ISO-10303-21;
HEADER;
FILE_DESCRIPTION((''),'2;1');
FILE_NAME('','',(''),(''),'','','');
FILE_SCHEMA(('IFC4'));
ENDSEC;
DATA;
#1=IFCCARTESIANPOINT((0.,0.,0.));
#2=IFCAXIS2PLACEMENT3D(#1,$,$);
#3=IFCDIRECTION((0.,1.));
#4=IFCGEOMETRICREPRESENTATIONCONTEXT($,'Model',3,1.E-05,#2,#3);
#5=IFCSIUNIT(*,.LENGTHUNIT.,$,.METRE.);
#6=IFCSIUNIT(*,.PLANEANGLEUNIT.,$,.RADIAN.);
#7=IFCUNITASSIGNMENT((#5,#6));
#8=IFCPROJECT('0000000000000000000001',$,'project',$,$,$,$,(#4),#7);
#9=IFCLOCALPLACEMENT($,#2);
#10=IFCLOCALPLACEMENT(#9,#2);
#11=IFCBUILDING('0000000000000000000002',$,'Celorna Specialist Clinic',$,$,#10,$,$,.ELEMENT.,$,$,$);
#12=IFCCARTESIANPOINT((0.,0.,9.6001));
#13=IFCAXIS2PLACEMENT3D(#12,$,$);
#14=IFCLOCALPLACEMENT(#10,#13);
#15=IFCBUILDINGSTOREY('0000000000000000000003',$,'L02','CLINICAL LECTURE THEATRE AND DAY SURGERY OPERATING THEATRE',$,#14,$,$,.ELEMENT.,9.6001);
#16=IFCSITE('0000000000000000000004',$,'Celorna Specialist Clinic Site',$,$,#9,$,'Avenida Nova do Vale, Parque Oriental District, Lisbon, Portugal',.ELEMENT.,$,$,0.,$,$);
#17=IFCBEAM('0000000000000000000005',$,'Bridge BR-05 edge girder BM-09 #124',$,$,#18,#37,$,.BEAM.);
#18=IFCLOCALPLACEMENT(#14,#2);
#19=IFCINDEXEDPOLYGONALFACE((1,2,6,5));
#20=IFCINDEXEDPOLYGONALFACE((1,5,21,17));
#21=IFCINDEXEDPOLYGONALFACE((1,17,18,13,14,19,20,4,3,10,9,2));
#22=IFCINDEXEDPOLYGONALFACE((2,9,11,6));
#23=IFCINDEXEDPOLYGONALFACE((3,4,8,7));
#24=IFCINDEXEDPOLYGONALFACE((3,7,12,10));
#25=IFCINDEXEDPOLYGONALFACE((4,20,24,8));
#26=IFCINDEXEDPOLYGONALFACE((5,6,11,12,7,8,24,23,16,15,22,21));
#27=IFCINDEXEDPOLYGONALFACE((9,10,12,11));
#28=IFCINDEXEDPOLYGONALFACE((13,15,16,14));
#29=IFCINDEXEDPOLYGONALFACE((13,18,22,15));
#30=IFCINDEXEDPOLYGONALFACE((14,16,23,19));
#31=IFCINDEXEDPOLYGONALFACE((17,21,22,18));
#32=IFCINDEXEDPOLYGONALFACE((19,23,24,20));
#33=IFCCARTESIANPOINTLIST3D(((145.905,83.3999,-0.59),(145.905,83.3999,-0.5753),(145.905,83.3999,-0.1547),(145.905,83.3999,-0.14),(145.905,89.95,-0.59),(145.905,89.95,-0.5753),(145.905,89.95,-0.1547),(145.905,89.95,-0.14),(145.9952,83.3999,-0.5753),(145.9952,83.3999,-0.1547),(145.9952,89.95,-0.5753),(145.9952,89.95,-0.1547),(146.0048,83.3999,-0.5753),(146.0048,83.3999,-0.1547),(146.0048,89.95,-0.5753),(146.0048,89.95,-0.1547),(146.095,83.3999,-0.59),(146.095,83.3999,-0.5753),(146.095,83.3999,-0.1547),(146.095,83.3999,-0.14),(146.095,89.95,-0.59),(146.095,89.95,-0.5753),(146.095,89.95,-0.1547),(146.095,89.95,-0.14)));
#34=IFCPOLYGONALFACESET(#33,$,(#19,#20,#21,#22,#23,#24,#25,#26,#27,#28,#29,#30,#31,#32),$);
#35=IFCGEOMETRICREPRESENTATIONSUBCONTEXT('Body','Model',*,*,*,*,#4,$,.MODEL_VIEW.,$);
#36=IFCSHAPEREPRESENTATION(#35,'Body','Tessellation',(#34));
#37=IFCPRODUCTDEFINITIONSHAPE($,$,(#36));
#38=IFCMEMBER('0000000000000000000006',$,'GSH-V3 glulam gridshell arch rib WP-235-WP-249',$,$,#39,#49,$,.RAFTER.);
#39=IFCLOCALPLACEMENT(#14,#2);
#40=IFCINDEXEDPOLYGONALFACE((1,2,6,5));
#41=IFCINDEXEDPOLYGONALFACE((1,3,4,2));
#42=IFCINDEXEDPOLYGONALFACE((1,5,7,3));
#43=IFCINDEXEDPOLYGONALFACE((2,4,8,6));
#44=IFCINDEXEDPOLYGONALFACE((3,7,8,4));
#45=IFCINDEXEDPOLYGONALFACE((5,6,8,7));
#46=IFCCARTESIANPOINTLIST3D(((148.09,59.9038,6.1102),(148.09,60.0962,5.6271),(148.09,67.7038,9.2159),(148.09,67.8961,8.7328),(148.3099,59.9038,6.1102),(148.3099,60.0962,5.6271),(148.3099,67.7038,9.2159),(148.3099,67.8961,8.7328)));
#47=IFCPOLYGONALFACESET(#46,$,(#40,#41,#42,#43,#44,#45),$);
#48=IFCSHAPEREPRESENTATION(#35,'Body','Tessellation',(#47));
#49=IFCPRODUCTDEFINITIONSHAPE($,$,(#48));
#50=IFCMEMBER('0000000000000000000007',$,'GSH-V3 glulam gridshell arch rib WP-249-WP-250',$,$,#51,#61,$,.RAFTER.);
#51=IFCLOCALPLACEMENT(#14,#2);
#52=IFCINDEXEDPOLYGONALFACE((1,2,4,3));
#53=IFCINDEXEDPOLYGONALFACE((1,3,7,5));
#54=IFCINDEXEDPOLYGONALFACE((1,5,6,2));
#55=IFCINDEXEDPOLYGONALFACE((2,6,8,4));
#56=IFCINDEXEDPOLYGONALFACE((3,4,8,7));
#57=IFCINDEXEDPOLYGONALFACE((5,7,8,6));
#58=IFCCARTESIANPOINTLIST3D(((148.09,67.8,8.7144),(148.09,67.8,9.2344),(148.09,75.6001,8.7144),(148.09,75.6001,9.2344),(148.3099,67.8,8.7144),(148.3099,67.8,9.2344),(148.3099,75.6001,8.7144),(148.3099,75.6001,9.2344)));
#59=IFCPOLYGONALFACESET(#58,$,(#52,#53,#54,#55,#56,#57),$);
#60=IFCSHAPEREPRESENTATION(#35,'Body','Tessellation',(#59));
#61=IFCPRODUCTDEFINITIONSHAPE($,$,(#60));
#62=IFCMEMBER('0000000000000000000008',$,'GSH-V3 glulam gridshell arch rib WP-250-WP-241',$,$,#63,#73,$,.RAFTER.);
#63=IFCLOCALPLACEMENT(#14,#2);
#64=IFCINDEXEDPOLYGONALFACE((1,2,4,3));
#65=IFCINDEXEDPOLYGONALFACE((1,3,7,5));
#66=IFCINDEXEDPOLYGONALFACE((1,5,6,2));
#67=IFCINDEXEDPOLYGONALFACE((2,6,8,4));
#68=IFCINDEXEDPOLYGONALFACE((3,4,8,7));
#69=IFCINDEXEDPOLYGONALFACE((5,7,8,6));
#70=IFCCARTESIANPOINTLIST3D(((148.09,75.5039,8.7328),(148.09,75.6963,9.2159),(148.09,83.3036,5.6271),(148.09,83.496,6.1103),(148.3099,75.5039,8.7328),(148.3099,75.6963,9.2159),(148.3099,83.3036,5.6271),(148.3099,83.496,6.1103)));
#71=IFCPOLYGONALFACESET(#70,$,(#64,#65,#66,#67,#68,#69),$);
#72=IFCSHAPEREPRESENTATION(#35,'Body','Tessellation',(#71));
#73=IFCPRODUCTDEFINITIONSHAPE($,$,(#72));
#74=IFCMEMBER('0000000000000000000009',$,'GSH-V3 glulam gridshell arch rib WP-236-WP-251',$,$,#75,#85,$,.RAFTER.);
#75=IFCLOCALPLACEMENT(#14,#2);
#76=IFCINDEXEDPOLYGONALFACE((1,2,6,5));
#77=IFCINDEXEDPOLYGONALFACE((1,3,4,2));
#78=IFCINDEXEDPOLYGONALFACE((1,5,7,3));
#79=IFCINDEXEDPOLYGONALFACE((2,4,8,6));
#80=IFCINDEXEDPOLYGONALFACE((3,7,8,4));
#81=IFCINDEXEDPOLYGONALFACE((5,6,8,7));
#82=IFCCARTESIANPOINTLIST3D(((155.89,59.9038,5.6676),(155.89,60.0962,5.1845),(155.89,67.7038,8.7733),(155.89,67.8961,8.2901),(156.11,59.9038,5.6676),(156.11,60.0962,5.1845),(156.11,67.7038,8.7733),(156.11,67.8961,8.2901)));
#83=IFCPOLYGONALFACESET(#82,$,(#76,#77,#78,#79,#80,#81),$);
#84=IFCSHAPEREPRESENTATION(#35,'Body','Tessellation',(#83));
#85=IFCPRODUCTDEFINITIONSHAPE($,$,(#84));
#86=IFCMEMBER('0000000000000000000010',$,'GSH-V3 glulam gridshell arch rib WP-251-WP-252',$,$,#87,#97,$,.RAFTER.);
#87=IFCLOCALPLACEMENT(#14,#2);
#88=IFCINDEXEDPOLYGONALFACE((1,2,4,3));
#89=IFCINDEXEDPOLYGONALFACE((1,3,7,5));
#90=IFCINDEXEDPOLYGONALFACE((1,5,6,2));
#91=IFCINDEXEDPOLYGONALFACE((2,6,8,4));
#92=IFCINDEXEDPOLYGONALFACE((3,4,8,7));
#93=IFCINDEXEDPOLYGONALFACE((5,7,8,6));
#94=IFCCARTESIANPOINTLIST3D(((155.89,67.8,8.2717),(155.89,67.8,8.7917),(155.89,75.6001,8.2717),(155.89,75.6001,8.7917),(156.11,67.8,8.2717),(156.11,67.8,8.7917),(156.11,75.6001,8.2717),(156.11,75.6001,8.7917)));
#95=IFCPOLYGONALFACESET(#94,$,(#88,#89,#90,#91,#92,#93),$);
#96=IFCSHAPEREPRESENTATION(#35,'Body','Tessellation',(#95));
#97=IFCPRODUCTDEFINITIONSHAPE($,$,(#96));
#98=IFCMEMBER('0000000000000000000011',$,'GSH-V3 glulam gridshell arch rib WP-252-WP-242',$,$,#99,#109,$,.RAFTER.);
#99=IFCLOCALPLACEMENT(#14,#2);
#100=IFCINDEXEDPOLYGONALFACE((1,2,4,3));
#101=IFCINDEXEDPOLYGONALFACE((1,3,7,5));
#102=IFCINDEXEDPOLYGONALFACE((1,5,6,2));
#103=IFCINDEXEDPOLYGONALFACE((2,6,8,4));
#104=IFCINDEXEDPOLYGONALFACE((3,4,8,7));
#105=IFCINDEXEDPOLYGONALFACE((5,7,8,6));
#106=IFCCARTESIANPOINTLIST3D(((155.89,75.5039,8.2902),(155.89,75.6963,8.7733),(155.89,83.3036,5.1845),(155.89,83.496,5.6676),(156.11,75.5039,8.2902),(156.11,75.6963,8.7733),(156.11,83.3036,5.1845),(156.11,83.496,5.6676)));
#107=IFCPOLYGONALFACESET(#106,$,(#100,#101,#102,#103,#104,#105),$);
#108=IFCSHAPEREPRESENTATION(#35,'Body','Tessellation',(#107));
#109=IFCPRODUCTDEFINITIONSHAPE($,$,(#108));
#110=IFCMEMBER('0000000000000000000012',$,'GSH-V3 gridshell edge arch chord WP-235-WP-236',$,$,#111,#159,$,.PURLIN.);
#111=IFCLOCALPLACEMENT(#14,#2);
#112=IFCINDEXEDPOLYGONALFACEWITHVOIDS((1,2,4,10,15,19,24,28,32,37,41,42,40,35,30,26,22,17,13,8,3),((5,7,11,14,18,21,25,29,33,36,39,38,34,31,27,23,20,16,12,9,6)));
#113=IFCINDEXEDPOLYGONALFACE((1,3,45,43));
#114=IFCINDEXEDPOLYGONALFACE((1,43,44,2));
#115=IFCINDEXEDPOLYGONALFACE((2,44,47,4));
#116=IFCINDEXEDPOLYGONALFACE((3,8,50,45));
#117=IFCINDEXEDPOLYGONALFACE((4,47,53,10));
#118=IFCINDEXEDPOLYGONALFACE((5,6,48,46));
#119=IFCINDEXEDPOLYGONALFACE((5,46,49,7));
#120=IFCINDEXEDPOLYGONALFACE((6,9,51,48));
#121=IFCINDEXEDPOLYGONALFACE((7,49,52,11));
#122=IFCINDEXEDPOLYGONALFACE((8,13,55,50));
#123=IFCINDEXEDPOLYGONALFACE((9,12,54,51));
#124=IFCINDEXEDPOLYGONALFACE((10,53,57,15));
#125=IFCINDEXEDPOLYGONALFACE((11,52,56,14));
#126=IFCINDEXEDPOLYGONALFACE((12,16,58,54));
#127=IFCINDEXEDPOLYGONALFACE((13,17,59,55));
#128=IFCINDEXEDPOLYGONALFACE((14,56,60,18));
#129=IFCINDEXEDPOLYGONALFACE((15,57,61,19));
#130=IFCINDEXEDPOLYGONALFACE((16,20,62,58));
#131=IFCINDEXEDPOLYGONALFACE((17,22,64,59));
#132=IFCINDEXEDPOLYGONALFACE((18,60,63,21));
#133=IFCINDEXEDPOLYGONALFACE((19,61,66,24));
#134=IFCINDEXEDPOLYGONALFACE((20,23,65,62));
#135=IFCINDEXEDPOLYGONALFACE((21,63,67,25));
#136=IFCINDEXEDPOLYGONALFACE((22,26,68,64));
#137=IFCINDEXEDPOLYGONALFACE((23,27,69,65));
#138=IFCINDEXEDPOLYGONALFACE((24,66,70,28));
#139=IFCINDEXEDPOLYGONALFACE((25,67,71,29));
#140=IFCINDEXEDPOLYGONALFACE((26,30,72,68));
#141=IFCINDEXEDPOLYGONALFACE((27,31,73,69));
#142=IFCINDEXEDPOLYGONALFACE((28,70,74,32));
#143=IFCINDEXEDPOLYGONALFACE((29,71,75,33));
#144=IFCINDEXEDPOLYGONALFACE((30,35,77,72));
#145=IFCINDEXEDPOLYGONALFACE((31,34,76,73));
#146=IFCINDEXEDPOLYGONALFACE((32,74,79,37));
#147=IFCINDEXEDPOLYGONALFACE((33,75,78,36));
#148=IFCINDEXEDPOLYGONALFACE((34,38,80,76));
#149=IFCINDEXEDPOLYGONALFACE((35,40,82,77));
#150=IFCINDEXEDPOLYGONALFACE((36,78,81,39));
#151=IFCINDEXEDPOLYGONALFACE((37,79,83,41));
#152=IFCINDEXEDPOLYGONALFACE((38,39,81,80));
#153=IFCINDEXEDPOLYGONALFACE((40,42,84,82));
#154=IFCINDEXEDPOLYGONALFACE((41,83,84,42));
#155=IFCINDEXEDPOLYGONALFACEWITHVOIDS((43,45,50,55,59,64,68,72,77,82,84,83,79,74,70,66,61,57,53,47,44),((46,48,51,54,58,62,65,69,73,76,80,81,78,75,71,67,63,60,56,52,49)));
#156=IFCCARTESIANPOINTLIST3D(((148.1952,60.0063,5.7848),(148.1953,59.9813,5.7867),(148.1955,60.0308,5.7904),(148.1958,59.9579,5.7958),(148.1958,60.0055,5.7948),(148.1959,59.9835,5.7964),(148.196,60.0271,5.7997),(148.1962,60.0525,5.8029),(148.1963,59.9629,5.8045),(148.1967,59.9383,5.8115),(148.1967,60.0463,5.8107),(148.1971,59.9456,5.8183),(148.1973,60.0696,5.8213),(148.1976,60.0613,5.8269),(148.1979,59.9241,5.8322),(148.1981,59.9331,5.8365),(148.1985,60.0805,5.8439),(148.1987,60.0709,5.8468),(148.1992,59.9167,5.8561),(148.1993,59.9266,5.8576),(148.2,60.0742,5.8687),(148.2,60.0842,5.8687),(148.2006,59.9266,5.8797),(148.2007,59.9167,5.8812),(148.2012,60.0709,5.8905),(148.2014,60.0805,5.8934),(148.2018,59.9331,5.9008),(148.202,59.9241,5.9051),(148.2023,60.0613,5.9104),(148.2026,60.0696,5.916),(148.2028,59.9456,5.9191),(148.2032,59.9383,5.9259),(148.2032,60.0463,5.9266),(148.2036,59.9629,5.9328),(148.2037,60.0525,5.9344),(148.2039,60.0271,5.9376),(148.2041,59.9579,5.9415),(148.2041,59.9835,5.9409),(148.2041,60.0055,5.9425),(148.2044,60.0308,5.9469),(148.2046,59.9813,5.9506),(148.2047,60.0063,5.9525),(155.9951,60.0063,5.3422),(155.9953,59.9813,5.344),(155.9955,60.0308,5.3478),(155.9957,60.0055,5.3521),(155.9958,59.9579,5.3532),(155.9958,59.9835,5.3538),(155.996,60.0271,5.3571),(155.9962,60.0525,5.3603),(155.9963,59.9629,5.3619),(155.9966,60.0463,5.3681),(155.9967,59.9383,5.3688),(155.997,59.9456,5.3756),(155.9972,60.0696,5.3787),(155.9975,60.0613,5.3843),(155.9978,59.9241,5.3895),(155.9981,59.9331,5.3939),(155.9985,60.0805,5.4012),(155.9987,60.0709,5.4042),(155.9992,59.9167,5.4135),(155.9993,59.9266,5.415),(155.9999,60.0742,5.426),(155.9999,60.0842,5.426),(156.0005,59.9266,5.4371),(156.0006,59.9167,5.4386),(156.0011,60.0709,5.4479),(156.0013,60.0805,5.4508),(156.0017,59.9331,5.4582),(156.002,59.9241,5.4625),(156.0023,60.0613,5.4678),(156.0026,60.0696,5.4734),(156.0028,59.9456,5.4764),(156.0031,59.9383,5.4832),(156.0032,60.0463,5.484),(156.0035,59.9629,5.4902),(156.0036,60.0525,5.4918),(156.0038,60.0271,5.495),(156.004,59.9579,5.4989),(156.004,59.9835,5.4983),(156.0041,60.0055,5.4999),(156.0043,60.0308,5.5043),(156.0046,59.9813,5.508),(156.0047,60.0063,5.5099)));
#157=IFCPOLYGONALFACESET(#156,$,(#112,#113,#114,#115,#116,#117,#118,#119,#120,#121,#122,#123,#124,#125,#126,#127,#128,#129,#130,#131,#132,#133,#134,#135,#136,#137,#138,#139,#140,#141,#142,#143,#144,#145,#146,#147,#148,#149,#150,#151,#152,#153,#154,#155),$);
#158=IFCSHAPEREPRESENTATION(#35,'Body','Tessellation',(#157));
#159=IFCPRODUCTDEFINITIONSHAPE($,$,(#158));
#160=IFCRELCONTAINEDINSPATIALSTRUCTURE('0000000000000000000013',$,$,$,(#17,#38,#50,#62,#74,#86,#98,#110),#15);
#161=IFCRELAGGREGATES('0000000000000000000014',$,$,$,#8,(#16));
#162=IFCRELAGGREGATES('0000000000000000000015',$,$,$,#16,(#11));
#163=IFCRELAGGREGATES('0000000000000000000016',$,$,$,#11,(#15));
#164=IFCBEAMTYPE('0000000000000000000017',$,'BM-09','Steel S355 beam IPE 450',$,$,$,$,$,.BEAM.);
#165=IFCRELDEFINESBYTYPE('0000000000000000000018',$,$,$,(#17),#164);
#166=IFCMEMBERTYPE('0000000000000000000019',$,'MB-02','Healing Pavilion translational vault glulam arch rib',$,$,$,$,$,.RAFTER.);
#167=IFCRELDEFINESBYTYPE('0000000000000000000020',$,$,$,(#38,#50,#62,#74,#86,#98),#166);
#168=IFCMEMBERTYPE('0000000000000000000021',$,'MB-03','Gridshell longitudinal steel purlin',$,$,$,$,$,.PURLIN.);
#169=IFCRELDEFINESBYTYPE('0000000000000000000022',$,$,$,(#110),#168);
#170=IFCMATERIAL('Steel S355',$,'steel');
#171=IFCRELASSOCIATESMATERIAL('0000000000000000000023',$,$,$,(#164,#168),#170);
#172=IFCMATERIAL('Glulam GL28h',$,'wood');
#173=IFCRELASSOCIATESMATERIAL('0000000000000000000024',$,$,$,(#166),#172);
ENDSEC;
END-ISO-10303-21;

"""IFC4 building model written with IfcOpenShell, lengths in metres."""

from ifc_helpers import new_model, si_unit, direction, frame, origin, origin_2d, place, context, subcontext, project, spatial, rectangle, hollow_circle, i_section, extrude, material, material_profile, profile_set, type_object, element, save


model = new_model("IFC4")

# Units and contexts
model_context = context("Model", 3, precision=1e-05, world=origin(), true_north=direction((0.0, 1.0)))
body_context = subcontext(model_context, "Body", "Model", "MODEL_VIEW")
ifc_project = project(units=[si_unit("LENGTHUNIT", "METRE"), si_unit("PLANEANGLEUNIT", "RADIAN")], contexts=[model_context])

# Site, building, storey
site_placement = place(None, origin())
site = spatial("IfcSite", under=ifc_project, at=site_placement, Name="Celorna Specialist Clinic Site", LongName="Avenida Nova do Vale, Parque Oriental District, Lisbon, Portugal", CompositionType="ELEMENT", RefElevation=0.0)
building_placement = place(site_placement, origin())
building = spatial("IfcBuilding", under=site, at=building_placement, Name="Celorna Specialist Clinic", CompositionType="ELEMENT")
storey_placement = place(building_placement, frame((0.0, 0.0, 9.6001)))
storey = spatial("IfcBuildingStorey", under=building, at=storey_placement, Name="L02", Description="CLINICAL LECTURE THEATRE AND DAY SURGERY OPERATING THEATRE", CompositionType="ELEMENT", Elevation=9.6001)

# Shared definitions
ifc_material_1 = material(Name="Steel S355", Category="steel")

# Beam
ifc_material_profile_1 = material_profile(ifc_material_1, i_section(OverallWidth=0.1899, OverallDepth=0.45, WebThickness=0.0095, FlangeThickness=0.0146, at=origin_2d()), Name="IPE 450")
ifc_profile_set_1 = profile_set([ifc_material_profile_1], Name="Steel S355")
beam_type_1 = type_object("IfcBeamType", Name="BM-09", Description="Steel S355 beam IPE 450", PredefinedType="BEAM", material=ifc_profile_set_1)
for number, where, z_axis, x_axis, name in (
    (1, (146.0, 83.3999, -0.365), (0.0, 1.0, 0.0), (-1.0, 0.0, 0.0), "Bridge BR-05 edge girder BM-09 #124"),
):
    element("IfcBeam", number, at=place(storey_placement, frame(where, z_axis=z_axis, x_axis=x_axis)), inside=storey, type_object=beam_type_1, Name=name, PredefinedType="BEAM", context=body_context, shape_type="SweptSolid", body=[
        extrude(i_section(OverallWidth=0.1899, OverallDepth=0.45, WebThickness=0.0095, FlangeThickness=0.0146, at=origin_2d()), origin(), (0.0, 0.0, 1.0), 6.55),
    ])

# Members
ifc_material_2 = material(Name="Glulam GL28h", Category="wood")
ifc_material_profile_2 = material_profile(ifc_material_2, rectangle(XDim=0.22, YDim=0.52, at=origin_2d()), Name="GL28h 220x520")
ifc_profile_set_2 = profile_set([ifc_material_profile_2], Name="Glulam GL28h")
member_type_1 = type_object("IfcMemberType", Name="MB-02", Description="Healing Pavilion translational vault glulam arch rib", PredefinedType="RAFTER", material=ifc_profile_set_2)
member_1_placement = place(storey_placement, frame((148.2, 60.0, 5.8687), z_axis=(0.0, 0.929063, 0.369921), x_axis=(-1.0, 0.0, 0.0)))
element("IfcMember", 2, at=member_1_placement, inside=storey, type_object=member_type_1, Name="GSH-V3 glulam gridshell arch rib WP-235-WP-249", PredefinedType="RAFTER", context=body_context, shape_type="SweptSolid", body=[
    extrude(rectangle(XDim=0.22, YDim=0.52, at=origin_2d()), origin(), (0.0, 0.0, 1.0), 8.3955),
])
member_2_placement = place(storey_placement, frame((148.2, 67.8, 8.9744), z_axis=(0.0, 1.0, 0.0), x_axis=(-1.0, 0.0, 0.0)))
element("IfcMember", 3, at=member_2_placement, inside=storey, type_object=member_type_1, Name="GSH-V3 glulam gridshell arch rib WP-249-WP-250", PredefinedType="RAFTER", context=body_context, shape_type="SweptSolid", body=[
    extrude(rectangle(XDim=0.22, YDim=0.52, at=origin_2d()), origin(), (0.0, 0.0, 1.0), 7.8),
])
member_3_placement = place(storey_placement, frame((148.2, 75.6001, 8.9744), z_axis=(0.0, 0.929059, -0.369931), x_axis=(-1.0, 0.0, 0.0)))
element("IfcMember", 4, at=member_3_placement, inside=storey, type_object=member_type_1, Name="GSH-V3 glulam gridshell arch rib WP-250-WP-241", PredefinedType="RAFTER", context=body_context, shape_type="SweptSolid", body=[
    extrude(rectangle(XDim=0.22, YDim=0.52, at=origin_2d()), origin(), (0.0, 0.0, 1.0), 8.3953),
])
member_4_placement = place(storey_placement, frame((156.0, 60.0, 5.426), z_axis=(0.0, 0.929063, 0.369921), x_axis=(-1.0, 0.0, 0.0)))
element("IfcMember", 5, at=member_4_placement, inside=storey, type_object=member_type_1, Name="GSH-V3 glulam gridshell arch rib WP-236-WP-251", PredefinedType="RAFTER", context=body_context, shape_type="SweptSolid", body=[
    extrude(rectangle(XDim=0.22, YDim=0.52, at=origin_2d()), origin(), (0.0, 0.0, 1.0), 8.3955),
])
member_5_placement = place(storey_placement, frame((156.0, 67.8, 8.5317), z_axis=(0.0, 1.0, 0.0), x_axis=(-1.0, 0.0, 0.0)))
element("IfcMember", 6, at=member_5_placement, inside=storey, type_object=member_type_1, Name="GSH-V3 glulam gridshell arch rib WP-251-WP-252", PredefinedType="RAFTER", context=body_context, shape_type="SweptSolid", body=[
    extrude(rectangle(XDim=0.22, YDim=0.52, at=origin_2d()), origin(), (0.0, 0.0, 1.0), 7.8),
])
member_6_placement = place(storey_placement, frame((156.0, 75.6001, 8.5317), z_axis=(0.0, 0.929059, -0.369931), x_axis=(-1.0, 0.0, 0.0)))
element("IfcMember", 7, at=member_6_placement, inside=storey, type_object=member_type_1, Name="GSH-V3 glulam gridshell arch rib WP-252-WP-242", PredefinedType="RAFTER", context=body_context, shape_type="SweptSolid", body=[
    extrude(rectangle(XDim=0.22, YDim=0.52, at=origin_2d()), origin(), (0.0, 0.0, 1.0), 8.3953),
])
ifc_material_profile_3 = material_profile(ifc_material_1, hollow_circle(Radius=0.0842, WallThickness=0.01, at=origin_2d()), Name="CHS 168.3x10")
ifc_profile_set_3 = profile_set([ifc_material_profile_3], Name="Steel S355")
member_type_2 = type_object("IfcMemberType", Name="MB-03", Description="Gridshell longitudinal steel purlin", PredefinedType="PURLIN", material=ifc_profile_set_3)
member_7_placement = place(storey_placement, frame((148.2, 60.0, 5.8687), z_axis=(0.998394, 0.0, -0.056656), x_axis=(0.0, 1.0, 0.0)))
element("IfcMember", 8, at=member_7_placement, inside=storey, type_object=member_type_2, Name="GSH-V3 gridshell edge arch chord WP-235-WP-236", PredefinedType="PURLIN", context=body_context, shape_type="SweptSolid", body=[
    extrude(hollow_circle(Radius=0.0842, WallThickness=0.01, at=origin_2d()), origin(), (0.0, 0.0, 1.0), 7.8125),
])

save(model, "model.ifc")
